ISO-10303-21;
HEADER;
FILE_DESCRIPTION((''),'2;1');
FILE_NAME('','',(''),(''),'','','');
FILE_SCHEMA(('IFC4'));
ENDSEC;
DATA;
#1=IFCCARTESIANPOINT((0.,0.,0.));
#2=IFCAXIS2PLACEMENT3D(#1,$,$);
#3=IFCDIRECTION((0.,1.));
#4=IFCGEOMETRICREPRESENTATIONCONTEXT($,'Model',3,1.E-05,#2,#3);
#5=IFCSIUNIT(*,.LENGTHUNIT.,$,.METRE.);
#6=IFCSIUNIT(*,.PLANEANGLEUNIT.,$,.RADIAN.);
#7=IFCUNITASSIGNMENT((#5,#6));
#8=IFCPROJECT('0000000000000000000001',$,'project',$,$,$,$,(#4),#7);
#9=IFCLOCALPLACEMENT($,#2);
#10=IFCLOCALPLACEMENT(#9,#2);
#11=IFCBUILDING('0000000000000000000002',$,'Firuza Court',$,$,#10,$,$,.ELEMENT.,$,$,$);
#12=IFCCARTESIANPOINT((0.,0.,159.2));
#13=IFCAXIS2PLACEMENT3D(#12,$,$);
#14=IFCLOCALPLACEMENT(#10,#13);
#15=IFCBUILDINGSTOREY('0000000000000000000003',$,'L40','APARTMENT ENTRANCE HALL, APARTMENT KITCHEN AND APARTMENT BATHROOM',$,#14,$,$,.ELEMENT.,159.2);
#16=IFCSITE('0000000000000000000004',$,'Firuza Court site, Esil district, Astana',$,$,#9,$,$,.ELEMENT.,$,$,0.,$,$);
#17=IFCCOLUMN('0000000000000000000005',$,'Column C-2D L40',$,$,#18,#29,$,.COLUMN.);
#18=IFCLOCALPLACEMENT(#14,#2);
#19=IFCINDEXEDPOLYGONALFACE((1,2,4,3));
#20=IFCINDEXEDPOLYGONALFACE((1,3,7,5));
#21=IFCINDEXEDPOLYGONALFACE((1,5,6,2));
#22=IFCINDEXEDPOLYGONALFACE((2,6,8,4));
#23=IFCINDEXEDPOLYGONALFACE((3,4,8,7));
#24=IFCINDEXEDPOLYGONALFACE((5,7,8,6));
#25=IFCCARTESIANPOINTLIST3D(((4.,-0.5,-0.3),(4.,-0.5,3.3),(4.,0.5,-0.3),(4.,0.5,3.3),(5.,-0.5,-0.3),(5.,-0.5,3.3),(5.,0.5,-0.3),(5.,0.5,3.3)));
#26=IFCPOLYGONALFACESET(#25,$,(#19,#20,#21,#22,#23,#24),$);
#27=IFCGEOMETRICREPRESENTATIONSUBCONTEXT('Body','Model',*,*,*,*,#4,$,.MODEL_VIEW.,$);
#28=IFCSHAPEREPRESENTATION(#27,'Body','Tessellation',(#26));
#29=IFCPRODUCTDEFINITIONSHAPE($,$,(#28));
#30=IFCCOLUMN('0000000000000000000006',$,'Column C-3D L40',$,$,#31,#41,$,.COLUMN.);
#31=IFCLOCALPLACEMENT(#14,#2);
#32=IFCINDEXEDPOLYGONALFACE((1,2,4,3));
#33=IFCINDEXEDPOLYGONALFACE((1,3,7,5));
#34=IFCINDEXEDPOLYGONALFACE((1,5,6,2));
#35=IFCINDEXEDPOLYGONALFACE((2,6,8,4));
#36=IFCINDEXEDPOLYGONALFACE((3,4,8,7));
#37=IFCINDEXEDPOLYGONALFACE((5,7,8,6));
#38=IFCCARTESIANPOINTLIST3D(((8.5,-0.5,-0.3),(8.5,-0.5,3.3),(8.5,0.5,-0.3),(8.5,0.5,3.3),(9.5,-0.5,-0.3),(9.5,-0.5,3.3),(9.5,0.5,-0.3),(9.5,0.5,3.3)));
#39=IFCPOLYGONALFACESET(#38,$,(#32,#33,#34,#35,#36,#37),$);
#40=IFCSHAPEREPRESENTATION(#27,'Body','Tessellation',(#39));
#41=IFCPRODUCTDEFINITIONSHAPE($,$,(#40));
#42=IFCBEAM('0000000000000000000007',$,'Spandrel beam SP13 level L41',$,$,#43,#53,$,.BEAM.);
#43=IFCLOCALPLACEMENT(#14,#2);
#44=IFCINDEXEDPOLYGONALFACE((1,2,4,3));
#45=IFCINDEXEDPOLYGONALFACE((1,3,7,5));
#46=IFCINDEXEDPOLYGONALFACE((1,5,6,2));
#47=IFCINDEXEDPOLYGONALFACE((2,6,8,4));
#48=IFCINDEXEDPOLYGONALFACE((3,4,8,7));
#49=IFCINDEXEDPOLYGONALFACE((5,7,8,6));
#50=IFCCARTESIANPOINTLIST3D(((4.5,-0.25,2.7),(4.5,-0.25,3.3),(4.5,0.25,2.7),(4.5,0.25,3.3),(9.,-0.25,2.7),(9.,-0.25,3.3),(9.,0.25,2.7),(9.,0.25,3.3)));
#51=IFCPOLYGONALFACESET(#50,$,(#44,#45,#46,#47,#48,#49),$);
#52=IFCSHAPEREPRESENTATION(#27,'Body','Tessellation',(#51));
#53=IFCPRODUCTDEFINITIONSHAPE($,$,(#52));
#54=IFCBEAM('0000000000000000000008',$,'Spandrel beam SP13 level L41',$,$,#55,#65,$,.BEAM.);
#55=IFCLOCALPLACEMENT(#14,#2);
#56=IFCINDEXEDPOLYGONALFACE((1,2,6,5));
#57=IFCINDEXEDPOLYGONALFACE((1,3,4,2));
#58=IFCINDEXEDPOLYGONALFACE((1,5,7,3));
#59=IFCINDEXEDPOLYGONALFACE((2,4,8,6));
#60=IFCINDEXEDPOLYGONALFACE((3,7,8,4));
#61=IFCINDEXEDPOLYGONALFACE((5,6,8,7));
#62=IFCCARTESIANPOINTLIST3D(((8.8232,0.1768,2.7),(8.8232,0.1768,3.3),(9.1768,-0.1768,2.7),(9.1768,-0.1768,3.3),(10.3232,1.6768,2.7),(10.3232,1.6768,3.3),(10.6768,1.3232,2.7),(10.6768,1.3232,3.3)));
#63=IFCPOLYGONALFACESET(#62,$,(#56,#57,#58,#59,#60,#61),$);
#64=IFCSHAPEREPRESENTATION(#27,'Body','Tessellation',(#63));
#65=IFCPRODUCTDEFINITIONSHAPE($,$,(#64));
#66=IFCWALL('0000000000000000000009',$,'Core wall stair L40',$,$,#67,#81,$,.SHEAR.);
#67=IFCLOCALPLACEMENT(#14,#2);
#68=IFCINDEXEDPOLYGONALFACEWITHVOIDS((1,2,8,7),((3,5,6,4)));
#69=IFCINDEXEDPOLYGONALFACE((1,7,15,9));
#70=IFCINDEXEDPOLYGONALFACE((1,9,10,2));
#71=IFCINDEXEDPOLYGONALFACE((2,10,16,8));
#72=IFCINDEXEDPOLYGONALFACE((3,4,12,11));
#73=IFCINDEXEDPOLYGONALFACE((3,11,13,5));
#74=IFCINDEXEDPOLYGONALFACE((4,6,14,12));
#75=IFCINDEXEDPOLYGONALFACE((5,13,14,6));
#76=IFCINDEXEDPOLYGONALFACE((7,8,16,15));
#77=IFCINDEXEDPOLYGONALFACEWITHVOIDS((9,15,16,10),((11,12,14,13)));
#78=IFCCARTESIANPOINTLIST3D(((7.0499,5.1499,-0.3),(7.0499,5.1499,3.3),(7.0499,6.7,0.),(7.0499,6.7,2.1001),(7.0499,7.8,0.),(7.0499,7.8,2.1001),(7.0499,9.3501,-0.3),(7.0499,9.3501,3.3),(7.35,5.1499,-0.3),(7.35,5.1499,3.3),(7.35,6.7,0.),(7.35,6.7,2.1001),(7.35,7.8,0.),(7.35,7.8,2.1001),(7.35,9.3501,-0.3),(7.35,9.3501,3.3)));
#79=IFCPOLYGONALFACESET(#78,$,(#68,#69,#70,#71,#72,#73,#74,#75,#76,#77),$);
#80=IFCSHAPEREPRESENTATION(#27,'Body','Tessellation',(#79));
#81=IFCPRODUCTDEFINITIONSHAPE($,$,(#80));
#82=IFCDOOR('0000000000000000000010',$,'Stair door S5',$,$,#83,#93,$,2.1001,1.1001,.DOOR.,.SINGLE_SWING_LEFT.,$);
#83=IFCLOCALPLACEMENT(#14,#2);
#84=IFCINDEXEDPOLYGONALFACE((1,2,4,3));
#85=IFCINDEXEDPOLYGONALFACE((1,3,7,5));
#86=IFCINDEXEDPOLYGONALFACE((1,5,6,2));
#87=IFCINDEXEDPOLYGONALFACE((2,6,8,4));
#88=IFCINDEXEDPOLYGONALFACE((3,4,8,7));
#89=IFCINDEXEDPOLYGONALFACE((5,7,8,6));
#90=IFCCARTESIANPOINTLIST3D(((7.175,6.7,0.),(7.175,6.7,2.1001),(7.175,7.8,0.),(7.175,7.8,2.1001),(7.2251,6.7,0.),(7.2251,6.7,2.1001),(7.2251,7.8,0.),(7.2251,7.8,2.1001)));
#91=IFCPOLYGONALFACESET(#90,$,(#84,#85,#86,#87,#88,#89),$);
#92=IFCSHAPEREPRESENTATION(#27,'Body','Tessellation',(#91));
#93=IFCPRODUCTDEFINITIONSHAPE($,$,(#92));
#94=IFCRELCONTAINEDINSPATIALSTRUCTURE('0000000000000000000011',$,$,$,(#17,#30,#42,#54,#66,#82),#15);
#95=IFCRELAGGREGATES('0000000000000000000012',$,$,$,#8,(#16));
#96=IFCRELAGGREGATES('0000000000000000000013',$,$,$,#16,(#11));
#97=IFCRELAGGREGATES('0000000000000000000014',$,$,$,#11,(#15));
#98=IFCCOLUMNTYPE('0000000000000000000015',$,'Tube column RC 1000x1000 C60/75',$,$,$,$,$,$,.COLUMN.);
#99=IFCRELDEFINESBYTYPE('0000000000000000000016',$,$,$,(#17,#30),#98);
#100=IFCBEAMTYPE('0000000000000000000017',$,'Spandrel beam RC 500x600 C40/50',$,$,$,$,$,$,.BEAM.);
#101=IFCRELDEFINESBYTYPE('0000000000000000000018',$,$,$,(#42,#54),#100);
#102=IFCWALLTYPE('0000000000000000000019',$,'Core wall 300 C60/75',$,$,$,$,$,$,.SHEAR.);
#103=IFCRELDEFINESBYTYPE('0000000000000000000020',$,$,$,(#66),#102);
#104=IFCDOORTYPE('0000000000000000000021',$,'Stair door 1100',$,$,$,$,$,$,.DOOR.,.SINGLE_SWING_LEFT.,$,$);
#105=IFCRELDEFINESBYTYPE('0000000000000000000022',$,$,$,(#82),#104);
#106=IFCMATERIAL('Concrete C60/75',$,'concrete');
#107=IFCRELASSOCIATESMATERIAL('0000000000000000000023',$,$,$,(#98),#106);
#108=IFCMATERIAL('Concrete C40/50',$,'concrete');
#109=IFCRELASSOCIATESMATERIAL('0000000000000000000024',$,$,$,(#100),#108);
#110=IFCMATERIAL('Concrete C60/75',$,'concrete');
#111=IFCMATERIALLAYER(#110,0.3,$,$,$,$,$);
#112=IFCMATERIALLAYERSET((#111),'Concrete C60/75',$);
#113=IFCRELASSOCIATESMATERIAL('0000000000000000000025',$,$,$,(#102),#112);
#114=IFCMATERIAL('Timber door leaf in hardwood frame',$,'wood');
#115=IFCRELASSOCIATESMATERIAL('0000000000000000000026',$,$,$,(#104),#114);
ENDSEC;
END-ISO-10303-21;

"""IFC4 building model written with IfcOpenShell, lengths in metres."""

from ifc_helpers import new_model, si_unit, direction, frame, frame_2d, origin, origin_2d, place, context, subcontext, project, spatial, rectangle, extrude, material, layer, layer_set, material_profile, profile_set, type_object, element, fill, save


model = new_model("IFC4")

# Units and contexts
model_context = context("Model", 3, precision=1e-05, world=origin(), true_north=direction((0.0, 1.0)))
body_context = subcontext(model_context, "Body", "Model", "MODEL_VIEW")
ifc_project = project(units=[si_unit("LENGTHUNIT", "METRE"), si_unit("PLANEANGLEUNIT", "RADIAN")], contexts=[model_context])

# Site, building, storey
site_placement = place(None, origin())
site = spatial("IfcSite", under=ifc_project, at=site_placement, Name="Firuza Court site, Esil district, Astana", CompositionType="ELEMENT", RefElevation=0.0)
building_placement = place(site_placement, origin())
building = spatial("IfcBuilding", under=site, at=building_placement, Name="Firuza Court", CompositionType="ELEMENT")
storey_placement = place(building_placement, frame((0.0, 0.0, 159.2)))
storey = spatial("IfcBuildingStorey", under=building, at=storey_placement, Name="L40", Description="APARTMENT ENTRANCE HALL, APARTMENT KITCHEN AND APARTMENT BATHROOM", CompositionType="ELEMENT", Elevation=159.2)

# Columns
ifc_material_1 = material(Name="Concrete C60/75", Category="concrete")
ifc_material_profile_1 = material_profile(ifc_material_1, rectangle(XDim=1.0, YDim=1.0, at=origin_2d()), Name="RC 1000x1000")
ifc_profile_set_1 = profile_set([ifc_material_profile_1], Name="Concrete C60/75")
column_type = type_object("IfcColumnType", Name="Tube column RC 1000x1000 C60/75", PredefinedType="COLUMN", material=ifc_profile_set_1)
for number, where, z_axis, x_axis, name in (
    (1, (4.5, 0.0, -0.3), (0.0, 0.0, 1.0), (1.0, 0.0, 0.0), "Column C-2D L40"),
    (2, (9.0, 0.0, -0.3), (0.0, 0.0, 1.0), (1.0, 0.0, 0.0), "Column C-3D L40"),
):
    element("IfcColumn", number, at=place(storey_placement, frame(where, z_axis=z_axis, x_axis=x_axis)), inside=storey, type_object=column_type, Name=name, PredefinedType="COLUMN", context=body_context, shape_type="SweptSolid", body=[
        extrude(rectangle(XDim=1.0, YDim=1.0, at=origin_2d()), origin(), (0.0, 0.0, 1.0), 3.6001),
    ])

# Beams
ifc_material_2 = material(Name="Concrete C40/50", Category="concrete")
ifc_material_profile_2 = material_profile(ifc_material_2, rectangle(XDim=0.5, YDim=0.6001, at=origin_2d()), Name="RC 500x600")
ifc_profile_set_2 = profile_set([ifc_material_profile_2], Name="Concrete C40/50")
beam_type = type_object("IfcBeamType", Name="Spandrel beam RC 500x600 C40/50", PredefinedType="BEAM", material=ifc_profile_set_2)
beam_1_placement = place(storey_placement, frame((4.5, 0.0, 3.0), z_axis=(1.0, 0.0, 0.0), x_axis=(0.0, 1.0, 0.0)))
element("IfcBeam", 3, at=beam_1_placement, inside=storey, type_object=beam_type, Name="Spandrel beam SP13 level L41", PredefinedType="BEAM", context=body_context, shape_type="SweptSolid", body=[
    extrude(rectangle(XDim=0.5, YDim=0.6001, at=origin_2d()), origin(), (0.0, 0.0, 1.0), 4.5),
])
beam_2_placement = place(storey_placement, frame((9.0, 0.0, 3.0), z_axis=(0.707107, 0.707107, 0.0), x_axis=(-0.707107, 0.707107, 0.0)))
element("IfcBeam", 4, at=beam_2_placement, inside=storey, type_object=beam_type, Name="Spandrel beam SP13 level L41", PredefinedType="BEAM", context=body_context, shape_type="SweptSolid", body=[
    extrude(rectangle(XDim=0.5, YDim=0.6001, at=origin_2d()), origin(), (0.0, 0.0, 1.0), 2.1213),
])

# Wall, opening, door
ifc_material_3 = material(Name="Concrete C60/75", Category="concrete")
ifc_layer_1 = layer(ifc_material_3, 0.3)
ifc_layer_set_1 = layer_set([ifc_layer_1], Name="Concrete C60/75")
wall_type_1 = type_object("IfcWallType", Name="Core wall 300 C60/75", PredefinedType="SHEAR", material=ifc_layer_set_1)
wall_1_placement = place(storey_placement, frame((7.2, 5.1499, -0.3), z_axis=(0.0, 0.0, 1.0), x_axis=(0.0, 1.0, 0.0)))
wall_1 = element("IfcWall", 5, at=wall_1_placement, inside=storey, type_object=wall_type_1, Name="Core wall stair L40", PredefinedType="SHEAR", context=body_context, shape_type="SweptSolid", body=[
    extrude(rectangle(XDim=4.2002, YDim=0.3, at=frame_2d((2.1001, 0.0))), origin(), (0.0, 0.0, 1.0), 3.6001),
])
opening_1_placement = place(wall_1_placement, frame((1.55, 0.0, 0.3)))
opening_1 = element("IfcOpeningElement", 6, at=opening_1_placement, cuts=wall_1, PredefinedType="OPENING", context=body_context, shape_type="SweptSolid", body=[
    extrude(rectangle(XDim=1.1001, YDim=2.1001, at=frame_2d((0.55, 1.05))), frame((0.0, 0.1621, 0.0), z_axis=(0.0, -1.0, 0.0), x_axis=(1.0, 0.0, 0.0)), (0.0, 0.0, 1.0), 0.324),
])
ifc_material_4 = material(Name="Timber door leaf in hardwood frame", Category="wood")
door_type_1 = type_object("IfcDoorType", Name="Stair door 1100", OperationType="SINGLE_SWING_LEFT", PredefinedType="DOOR", material=ifc_material_4)
door_1_placement = place(opening_1_placement, origin())
door_1 = element("IfcDoor", 7, at=door_1_placement, inside=storey, type_object=door_type_1, Name="Stair door S5", OperationType="SINGLE_SWING_LEFT", OverallHeight=2.1001, OverallWidth=1.1001, PredefinedType="DOOR", context=body_context, shape_type="SweptSolid", body=[
    extrude(rectangle(XDim=1.1001, YDim=2.1001, at=frame_2d((0.55, 1.05))), frame((0.0, 0.0249, 0.0), z_axis=(0.0, -1.0, 0.0), x_axis=(1.0, 0.0, 0.0)), (0.0, 0.0, 1.0), 0.05),
])
fill(opening_1, door_1)

save(model, "model.ifc")
